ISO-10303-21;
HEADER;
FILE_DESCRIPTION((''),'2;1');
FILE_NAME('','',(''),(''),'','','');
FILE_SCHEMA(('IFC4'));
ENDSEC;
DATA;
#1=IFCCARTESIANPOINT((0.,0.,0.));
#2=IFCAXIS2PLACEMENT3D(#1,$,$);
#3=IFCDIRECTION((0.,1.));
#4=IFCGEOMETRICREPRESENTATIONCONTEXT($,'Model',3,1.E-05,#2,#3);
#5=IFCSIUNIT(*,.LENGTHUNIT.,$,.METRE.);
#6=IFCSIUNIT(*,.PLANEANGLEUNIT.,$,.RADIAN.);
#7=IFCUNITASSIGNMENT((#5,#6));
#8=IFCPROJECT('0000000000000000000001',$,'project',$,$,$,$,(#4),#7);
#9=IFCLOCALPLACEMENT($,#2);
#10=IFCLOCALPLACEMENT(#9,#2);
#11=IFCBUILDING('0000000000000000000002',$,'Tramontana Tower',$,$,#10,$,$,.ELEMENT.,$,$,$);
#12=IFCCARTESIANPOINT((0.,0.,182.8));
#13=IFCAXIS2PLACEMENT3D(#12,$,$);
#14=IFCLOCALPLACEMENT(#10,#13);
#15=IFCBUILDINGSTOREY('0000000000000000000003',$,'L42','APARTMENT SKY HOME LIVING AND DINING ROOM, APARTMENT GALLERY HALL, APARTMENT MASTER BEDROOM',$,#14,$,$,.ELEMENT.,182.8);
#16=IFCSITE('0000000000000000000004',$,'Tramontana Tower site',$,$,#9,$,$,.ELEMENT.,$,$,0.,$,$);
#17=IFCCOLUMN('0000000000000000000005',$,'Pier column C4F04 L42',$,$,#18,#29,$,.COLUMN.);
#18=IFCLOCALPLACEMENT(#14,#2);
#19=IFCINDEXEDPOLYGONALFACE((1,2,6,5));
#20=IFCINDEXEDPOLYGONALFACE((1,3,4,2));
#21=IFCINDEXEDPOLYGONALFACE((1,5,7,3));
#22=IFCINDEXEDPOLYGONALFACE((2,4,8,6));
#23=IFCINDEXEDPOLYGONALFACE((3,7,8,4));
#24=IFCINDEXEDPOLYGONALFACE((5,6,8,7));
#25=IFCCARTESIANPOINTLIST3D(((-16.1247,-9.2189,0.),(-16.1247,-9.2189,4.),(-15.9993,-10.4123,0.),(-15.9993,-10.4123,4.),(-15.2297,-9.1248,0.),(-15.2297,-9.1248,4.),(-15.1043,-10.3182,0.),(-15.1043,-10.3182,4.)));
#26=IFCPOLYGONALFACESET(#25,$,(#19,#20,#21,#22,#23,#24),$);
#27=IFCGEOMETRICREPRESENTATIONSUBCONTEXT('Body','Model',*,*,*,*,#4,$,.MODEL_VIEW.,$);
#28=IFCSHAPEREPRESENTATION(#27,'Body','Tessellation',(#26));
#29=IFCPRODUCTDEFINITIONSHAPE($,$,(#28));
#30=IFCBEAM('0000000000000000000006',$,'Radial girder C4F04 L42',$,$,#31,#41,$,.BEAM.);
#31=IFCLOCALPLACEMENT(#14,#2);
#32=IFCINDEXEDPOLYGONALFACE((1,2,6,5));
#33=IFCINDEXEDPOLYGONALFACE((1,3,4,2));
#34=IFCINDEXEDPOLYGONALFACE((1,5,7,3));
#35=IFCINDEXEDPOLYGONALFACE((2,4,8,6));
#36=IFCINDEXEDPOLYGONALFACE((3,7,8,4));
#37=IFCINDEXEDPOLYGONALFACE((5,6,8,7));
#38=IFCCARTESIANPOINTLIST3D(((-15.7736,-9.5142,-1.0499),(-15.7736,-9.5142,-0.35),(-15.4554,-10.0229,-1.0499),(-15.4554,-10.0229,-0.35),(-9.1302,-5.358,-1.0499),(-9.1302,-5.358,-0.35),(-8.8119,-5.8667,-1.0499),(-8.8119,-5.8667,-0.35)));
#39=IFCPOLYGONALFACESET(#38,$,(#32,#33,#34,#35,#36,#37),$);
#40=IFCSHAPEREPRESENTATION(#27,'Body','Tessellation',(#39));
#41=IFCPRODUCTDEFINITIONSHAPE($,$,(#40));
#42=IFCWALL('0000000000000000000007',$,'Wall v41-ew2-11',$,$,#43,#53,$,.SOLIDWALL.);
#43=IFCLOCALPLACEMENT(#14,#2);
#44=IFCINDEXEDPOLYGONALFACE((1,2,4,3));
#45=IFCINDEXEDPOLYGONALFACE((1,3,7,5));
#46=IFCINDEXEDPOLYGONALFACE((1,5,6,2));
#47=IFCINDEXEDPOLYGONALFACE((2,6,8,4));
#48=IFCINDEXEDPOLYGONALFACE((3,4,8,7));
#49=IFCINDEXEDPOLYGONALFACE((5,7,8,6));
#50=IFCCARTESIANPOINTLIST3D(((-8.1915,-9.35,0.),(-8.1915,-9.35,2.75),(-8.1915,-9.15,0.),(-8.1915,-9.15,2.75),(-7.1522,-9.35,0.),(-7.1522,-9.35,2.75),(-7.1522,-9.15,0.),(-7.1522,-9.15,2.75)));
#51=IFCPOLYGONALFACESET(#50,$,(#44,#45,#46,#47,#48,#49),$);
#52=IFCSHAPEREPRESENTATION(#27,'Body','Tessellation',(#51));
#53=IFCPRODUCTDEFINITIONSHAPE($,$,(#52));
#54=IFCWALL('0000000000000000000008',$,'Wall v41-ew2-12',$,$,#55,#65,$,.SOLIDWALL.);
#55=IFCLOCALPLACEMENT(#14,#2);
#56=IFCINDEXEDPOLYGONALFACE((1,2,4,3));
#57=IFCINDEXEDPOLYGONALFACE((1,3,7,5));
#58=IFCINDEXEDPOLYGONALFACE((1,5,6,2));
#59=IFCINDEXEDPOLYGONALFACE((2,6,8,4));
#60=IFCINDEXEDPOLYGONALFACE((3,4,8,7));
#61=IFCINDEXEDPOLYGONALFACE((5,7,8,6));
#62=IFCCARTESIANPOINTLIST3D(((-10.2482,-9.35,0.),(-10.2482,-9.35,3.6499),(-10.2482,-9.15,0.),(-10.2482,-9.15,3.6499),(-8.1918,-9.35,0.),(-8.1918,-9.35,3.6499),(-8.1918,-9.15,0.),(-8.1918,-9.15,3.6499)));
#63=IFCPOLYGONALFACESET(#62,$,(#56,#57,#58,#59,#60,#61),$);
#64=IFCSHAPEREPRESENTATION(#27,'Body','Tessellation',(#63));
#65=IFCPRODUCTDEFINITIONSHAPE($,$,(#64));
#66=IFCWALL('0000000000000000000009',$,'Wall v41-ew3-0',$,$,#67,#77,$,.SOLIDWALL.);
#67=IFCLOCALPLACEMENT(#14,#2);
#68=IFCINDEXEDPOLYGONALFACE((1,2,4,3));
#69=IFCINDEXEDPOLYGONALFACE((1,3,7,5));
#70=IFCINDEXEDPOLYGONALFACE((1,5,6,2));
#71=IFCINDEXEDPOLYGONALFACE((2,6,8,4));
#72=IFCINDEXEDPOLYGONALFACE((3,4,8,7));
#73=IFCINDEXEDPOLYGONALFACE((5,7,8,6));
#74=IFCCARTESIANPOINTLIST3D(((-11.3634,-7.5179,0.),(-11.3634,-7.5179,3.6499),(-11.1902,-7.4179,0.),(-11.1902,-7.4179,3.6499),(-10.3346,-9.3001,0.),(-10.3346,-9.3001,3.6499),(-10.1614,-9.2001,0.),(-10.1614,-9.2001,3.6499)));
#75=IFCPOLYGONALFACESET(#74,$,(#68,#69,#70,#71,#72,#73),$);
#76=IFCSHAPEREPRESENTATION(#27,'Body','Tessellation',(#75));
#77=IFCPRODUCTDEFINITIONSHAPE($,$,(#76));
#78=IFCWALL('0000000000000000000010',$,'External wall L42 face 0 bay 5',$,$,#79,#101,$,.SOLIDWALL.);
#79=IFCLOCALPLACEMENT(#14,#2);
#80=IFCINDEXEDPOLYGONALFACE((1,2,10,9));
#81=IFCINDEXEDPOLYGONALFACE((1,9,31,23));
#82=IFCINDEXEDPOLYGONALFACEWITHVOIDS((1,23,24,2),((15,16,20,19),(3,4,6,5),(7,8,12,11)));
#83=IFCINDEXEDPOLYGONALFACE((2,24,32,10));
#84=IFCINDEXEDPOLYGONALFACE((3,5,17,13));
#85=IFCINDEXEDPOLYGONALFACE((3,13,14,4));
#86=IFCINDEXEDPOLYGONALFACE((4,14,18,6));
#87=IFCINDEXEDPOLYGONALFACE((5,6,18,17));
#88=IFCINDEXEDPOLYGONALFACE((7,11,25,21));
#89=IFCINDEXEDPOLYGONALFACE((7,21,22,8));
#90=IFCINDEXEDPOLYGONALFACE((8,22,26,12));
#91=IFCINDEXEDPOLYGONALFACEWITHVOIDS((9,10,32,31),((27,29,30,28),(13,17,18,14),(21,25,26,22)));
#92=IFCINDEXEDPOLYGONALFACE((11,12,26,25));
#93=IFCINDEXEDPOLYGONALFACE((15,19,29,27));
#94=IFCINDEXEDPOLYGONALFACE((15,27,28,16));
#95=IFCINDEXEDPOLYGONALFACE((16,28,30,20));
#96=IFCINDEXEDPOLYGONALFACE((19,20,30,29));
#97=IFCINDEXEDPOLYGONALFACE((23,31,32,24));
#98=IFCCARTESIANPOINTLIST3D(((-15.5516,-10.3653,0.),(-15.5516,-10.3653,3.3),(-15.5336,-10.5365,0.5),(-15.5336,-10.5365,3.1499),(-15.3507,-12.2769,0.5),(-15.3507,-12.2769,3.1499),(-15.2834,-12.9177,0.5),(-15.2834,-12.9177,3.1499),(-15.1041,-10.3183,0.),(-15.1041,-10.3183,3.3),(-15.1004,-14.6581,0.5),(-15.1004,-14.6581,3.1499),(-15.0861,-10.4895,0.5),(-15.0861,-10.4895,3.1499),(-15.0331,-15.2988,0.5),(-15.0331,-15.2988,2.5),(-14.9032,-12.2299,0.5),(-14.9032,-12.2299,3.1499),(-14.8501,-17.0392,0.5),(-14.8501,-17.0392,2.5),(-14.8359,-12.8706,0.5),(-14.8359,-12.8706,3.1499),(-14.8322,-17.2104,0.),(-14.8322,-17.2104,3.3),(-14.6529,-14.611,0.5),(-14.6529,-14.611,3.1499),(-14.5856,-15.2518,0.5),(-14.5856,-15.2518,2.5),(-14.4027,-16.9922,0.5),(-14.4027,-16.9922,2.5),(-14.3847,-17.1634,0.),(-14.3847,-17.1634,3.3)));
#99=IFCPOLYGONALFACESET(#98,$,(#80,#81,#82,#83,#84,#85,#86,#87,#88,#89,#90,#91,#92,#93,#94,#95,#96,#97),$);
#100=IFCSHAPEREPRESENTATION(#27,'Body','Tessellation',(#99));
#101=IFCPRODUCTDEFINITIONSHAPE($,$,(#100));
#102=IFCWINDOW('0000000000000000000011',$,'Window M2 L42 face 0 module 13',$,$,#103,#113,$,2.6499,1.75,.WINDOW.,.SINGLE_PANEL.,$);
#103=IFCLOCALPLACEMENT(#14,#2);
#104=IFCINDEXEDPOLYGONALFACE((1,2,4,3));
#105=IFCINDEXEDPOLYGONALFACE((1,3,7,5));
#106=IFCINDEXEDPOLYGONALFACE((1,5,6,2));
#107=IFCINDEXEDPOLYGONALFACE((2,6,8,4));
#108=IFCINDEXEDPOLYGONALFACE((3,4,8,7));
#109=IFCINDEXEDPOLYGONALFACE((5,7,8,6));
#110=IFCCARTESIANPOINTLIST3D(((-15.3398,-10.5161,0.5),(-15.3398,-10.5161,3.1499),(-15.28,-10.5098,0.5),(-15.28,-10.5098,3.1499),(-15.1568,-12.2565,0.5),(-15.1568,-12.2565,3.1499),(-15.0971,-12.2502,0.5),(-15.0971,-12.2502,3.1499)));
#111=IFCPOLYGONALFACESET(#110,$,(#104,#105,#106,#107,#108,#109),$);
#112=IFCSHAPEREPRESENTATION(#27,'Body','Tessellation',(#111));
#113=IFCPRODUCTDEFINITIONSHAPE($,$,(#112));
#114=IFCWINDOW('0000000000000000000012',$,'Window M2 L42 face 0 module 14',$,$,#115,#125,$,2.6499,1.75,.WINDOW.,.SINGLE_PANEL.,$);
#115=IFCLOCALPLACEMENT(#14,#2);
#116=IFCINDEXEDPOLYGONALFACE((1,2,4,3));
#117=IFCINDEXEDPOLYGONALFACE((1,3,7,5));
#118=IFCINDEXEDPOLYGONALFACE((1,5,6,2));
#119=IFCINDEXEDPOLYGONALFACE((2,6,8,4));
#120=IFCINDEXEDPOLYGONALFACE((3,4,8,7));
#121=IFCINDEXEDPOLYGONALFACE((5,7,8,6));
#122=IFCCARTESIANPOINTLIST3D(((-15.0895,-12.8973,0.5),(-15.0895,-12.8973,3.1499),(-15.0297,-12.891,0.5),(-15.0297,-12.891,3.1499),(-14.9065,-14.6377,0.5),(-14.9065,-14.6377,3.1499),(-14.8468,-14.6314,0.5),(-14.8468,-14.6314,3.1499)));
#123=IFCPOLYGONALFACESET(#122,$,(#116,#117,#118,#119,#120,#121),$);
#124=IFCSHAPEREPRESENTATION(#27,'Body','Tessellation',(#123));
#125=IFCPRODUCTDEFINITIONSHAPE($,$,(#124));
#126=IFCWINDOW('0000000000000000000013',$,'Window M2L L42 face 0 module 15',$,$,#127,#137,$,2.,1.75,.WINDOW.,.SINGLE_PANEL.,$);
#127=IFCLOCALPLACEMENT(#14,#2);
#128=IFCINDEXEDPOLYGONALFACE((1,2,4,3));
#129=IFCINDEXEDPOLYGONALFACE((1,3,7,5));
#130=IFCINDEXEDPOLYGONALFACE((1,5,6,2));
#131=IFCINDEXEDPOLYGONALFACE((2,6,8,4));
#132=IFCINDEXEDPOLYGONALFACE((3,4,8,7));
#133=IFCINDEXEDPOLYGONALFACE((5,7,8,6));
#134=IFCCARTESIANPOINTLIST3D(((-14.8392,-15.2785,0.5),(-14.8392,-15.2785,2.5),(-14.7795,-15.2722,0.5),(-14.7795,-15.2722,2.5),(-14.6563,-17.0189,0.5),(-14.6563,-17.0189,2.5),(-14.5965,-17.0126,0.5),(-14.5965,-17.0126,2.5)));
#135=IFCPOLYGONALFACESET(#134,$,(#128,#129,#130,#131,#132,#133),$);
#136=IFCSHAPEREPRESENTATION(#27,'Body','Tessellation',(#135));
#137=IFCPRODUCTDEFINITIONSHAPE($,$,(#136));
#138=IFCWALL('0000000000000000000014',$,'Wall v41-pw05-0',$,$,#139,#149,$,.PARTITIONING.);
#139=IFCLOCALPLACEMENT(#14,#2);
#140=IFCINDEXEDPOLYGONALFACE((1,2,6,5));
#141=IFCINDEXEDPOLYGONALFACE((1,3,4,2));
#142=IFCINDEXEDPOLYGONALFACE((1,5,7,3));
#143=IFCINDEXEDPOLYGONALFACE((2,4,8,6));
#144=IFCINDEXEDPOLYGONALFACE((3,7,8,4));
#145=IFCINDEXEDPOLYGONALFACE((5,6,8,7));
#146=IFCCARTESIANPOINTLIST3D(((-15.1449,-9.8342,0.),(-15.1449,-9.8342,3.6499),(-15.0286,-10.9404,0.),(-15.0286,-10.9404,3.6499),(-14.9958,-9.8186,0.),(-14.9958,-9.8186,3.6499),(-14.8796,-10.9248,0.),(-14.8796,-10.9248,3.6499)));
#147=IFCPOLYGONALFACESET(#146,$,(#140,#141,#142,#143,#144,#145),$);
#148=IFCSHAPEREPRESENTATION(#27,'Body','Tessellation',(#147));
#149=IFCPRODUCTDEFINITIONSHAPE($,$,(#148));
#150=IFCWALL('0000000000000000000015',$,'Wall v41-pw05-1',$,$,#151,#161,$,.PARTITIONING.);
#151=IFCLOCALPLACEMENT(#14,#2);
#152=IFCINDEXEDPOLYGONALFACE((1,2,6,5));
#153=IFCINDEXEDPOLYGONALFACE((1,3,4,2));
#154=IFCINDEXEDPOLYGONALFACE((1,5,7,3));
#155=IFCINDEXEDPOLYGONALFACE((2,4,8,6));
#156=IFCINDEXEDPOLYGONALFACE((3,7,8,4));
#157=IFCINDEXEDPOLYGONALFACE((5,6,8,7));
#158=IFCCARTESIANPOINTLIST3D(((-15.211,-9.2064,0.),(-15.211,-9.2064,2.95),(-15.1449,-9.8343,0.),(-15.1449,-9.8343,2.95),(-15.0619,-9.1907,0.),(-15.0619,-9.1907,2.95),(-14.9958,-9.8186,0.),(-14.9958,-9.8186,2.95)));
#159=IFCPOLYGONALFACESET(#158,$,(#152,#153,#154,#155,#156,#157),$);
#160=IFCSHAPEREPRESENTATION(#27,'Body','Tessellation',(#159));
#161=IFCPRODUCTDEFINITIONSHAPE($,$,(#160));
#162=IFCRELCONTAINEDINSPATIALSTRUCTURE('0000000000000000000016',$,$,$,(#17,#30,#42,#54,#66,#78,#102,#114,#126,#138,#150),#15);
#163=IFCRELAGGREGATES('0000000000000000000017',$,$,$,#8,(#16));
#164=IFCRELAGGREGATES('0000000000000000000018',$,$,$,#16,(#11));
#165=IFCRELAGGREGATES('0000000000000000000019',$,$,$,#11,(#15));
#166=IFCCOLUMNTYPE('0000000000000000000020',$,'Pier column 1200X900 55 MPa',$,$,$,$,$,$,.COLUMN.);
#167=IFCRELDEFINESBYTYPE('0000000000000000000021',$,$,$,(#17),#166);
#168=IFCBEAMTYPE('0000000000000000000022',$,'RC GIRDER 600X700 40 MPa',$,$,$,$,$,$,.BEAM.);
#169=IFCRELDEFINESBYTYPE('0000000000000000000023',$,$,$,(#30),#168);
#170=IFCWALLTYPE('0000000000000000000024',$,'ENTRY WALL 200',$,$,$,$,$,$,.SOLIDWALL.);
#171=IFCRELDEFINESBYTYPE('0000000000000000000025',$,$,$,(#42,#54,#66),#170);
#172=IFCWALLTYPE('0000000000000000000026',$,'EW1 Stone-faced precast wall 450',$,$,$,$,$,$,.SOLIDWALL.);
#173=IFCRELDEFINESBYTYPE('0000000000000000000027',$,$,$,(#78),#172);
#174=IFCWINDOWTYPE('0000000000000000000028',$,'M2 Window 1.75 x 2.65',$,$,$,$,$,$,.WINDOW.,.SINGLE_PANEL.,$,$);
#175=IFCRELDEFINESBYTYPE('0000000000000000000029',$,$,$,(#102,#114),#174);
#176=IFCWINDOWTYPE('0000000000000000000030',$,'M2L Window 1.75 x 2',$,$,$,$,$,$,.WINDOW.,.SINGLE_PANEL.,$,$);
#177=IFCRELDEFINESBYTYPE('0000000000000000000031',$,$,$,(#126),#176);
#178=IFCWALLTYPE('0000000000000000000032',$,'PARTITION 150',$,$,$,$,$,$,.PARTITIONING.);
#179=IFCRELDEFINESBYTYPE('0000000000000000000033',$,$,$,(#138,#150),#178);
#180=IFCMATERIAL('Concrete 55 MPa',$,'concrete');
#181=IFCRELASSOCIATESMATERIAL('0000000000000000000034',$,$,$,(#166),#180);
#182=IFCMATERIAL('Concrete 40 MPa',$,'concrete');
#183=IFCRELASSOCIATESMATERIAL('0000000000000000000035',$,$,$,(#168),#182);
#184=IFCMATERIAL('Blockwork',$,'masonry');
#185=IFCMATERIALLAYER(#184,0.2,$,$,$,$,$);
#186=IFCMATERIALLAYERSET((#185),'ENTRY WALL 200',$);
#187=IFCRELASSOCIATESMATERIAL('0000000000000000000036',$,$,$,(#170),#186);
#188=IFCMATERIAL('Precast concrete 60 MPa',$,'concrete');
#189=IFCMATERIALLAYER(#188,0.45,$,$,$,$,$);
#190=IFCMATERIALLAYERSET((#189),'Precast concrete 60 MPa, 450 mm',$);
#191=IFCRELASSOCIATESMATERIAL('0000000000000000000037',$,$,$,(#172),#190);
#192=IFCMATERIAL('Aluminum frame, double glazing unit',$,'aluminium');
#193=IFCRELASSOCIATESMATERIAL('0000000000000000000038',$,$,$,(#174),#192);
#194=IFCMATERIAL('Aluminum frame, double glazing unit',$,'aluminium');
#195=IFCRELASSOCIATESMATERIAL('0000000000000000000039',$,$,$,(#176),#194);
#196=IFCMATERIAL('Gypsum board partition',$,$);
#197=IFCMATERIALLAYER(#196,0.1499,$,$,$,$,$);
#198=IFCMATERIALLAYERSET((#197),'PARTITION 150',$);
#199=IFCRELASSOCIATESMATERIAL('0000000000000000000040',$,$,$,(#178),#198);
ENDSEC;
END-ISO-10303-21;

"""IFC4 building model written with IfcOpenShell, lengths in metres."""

from ifc_helpers import new_model, si_unit, direction, frame, frame_2d, origin, origin_2d, place, context, subcontext, project, spatial, rectangle, extrude, material, layer, layer_set, material_profile, profile_set, type_object, element, fill, save


model = new_model("IFC4")

# Units and contexts
model_context = context("Model", 3, precision=1e-05, world=origin(), true_north=direction((0.0, 1.0)))
body_context = subcontext(model_context, "Body", "Model", "MODEL_VIEW")
ifc_project = project(units=[si_unit("LENGTHUNIT", "METRE"), si_unit("PLANEANGLEUNIT", "RADIAN")], contexts=[model_context])

# Site, building, storey
site_placement = place(None, origin())
site = spatial("IfcSite", under=ifc_project, at=site_placement, Name="Tramontana Tower site", CompositionType="ELEMENT", RefElevation=0.0)
building_placement = place(site_placement, origin())
building = spatial("IfcBuilding", under=site, at=building_placement, Name="Tramontana Tower", CompositionType="ELEMENT")
storey_placement = place(building_placement, frame((0.0, 0.0, 182.8)))
storey = spatial("IfcBuildingStorey", under=building, at=storey_placement, Name="L42", Description="APARTMENT SKY HOME LIVING AND DINING ROOM, APARTMENT GALLERY HALL, APARTMENT MASTER BEDROOM", CompositionType="ELEMENT", Elevation=182.8)

# Column
ifc_material_1 = material(Name="Concrete 55 MPa", Category="concrete")
ifc_material_profile_1 = material_profile(ifc_material_1, rectangle(XDim=1.2, YDim=0.8999, at=origin_2d()), Name="Pier column 1200X900 55 MPa")
ifc_profile_set_1 = profile_set([ifc_material_profile_1], Name="Concrete 55 MPa")
column_type = type_object("IfcColumnType", Name="Pier column 1200X900 55 MPa", PredefinedType="COLUMN", material=ifc_profile_set_1)
column_placement = place(storey_placement, frame((-15.6145, -9.7686, 0.0), z_axis=(0.0, 0.0, 1.0), x_axis=(0.104528, -0.994522, 0.0)))
element("IfcColumn", 1, at=column_placement, inside=storey, type_object=column_type, Name="Pier column C4F04 L42", PredefinedType="COLUMN", context=body_context, shape_type="SweptSolid", body=[
    extrude(rectangle(XDim=1.2, YDim=0.8999, at=origin_2d()), origin(), (0.0, 0.0, 1.0), 4.0),
])

# Beam
ifc_material_2 = material(Name="Concrete 40 MPa", Category="concrete")
ifc_material_profile_2 = material_profile(ifc_material_2, rectangle(XDim=0.6001, YDim=0.7, at=origin_2d()), Name="RC GIRDER 600X700 40 MPa")
ifc_profile_set_2 = profile_set([ifc_material_profile_2], Name="Concrete 40 MPa")
beam_type = type_object("IfcBeamType", Name="RC GIRDER 600X700 40 MPa", PredefinedType="BEAM", material=ifc_profile_set_2)
beam_placement = place(storey_placement, frame((-15.6145, -9.7686, -0.7), z_axis=(0.847767, 0.530369, 0.0), x_axis=(-0.530369, 0.847767, 0.0)))
element("IfcBeam", 2, at=beam_placement, inside=storey, type_object=beam_type, Name="Radial girder C4F04 L42", PredefinedType="BEAM", context=body_context, shape_type="SweptSolid", body=[
    extrude(rectangle(XDim=0.6001, YDim=0.7, at=origin_2d()), origin(), (0.0, 0.0, 1.0), 7.8364),
])

# Walls
ifc_material_3 = material(Name="Blockwork", Category="masonry")
ifc_layer_1 = layer(ifc_material_3, 0.2)
ifc_layer_set_1 = layer_set([ifc_layer_1], Name="ENTRY WALL 200")
wall_type_1 = type_object("IfcWallType", Name="ENTRY WALL 200", PredefinedType="SOLIDWALL", material=ifc_layer_set_1)
wall_1_placement = place(storey_placement, frame((-7.1523, -9.25, 0.0), z_axis=(0.0, 0.0, 1.0), x_axis=(-1.0, 0.0, 0.0)))
element("IfcWall", 3, at=wall_1_placement, inside=storey, type_object=wall_type_1, Name="Wall v41-ew2-11", PredefinedType="SOLIDWALL", context=body_context, shape_type="SweptSolid", body=[
    extrude(rectangle(XDim=1.0393, YDim=0.2, at=frame_2d((0.5195, 0.0))), origin(), (0.0, 0.0, 1.0), 2.75),
])
wall_2_placement = place(storey_placement, frame((-8.1917, -9.25, 0.0), z_axis=(0.0, 0.0, 1.0), x_axis=(-1.0, 0.0, 0.0)))
element("IfcWall", 4, at=wall_2_placement, inside=storey, type_object=wall_type_1, Name="Wall v41-ew2-12", PredefinedType="SOLIDWALL", context=body_context, shape_type="SweptSolid", body=[
    extrude(rectangle(XDim=2.0564, YDim=0.2, at=frame_2d((1.0283, 0.0))), origin(), (0.0, 0.0, 1.0), 3.6499),
])
wall_3_placement = place(storey_placement, frame((-10.248, -9.25, 0.0), z_axis=(0.0, 0.0, 1.0), x_axis=(-0.499942, 0.866059, 0.0)))
element("IfcWall", 5, at=wall_3_placement, inside=storey, type_object=wall_type_1, Name="Wall v41-ew3-0", PredefinedType="SOLIDWALL", context=body_context, shape_type="SweptSolid", body=[
    extrude(rectangle(XDim=2.0579, YDim=0.2, at=frame_2d((1.0288, 0.0))), origin(), (0.0, 0.0, 1.0), 3.6499),
])

# Wall, openings, windows
ifc_material_4 = material(Name="Precast concrete 60 MPa", Category="concrete")
ifc_layer_2 = layer(ifc_material_4, 0.45)
ifc_layer_set_2 = layer_set([ifc_layer_2], Name="Precast concrete 60 MPa, 450 mm")
wall_type_2 = type_object("IfcWallType", Name="EW1 Stone-faced precast wall 450", PredefinedType="SOLIDWALL", material=ifc_layer_set_2)
wall_4_placement = place(storey_placement, frame((-15.3279, -10.3418, 0.0), z_axis=(0.0, 0.0, 1.0), x_axis=(0.104532, -0.994522, 0.0)))
wall_4 = element("IfcWall", 6, at=wall_4_placement, inside=storey, type_object=wall_type_2, Name="External wall L42 face 0 bay 5", PredefinedType="SOLIDWALL", context=body_context, shape_type="SweptSolid", body=[
    extrude(rectangle(XDim=6.8828, YDim=0.45, at=frame_2d((3.4414, 0.0))), origin(), (0.0, 0.0, 1.0), 3.3),
])
opening_1_placement = place(wall_4_placement, frame((0.1721, 0.0, 0.5)))
opening_1 = element("IfcOpeningElement", 7, at=opening_1_placement, cuts=wall_4, PredefinedType="OPENING", context=body_context, shape_type="SweptSolid", body=[
    extrude(rectangle(XDim=1.75, YDim=2.6499, at=frame_2d((0.875, 1.325))), frame((0.0, 0.2349, 0.0), z_axis=(0.0, -1.0, 0.0), x_axis=(1.0, 0.0, 0.0)), (0.0, 0.0, 1.0), 0.47),
])
opening_2_placement = place(wall_4_placement, frame((2.5664, 0.0, 0.5)))
opening_2 = element("IfcOpeningElement", 8, at=opening_2_placement, cuts=wall_4, PredefinedType="OPENING", context=body_context, shape_type="SweptSolid", body=[
    extrude(rectangle(XDim=1.75, YDim=2.6499, at=frame_2d((0.875, 1.325))), frame((0.0, 0.2349, 0.0), z_axis=(0.0, -1.0, 0.0), x_axis=(1.0, 0.0, 0.0)), (0.0, 0.0, 1.0), 0.47),
])
opening_3_placement = place(wall_4_placement, frame((4.9607, 0.0, 0.5)))
opening_3 = element("IfcOpeningElement", 9, at=opening_3_placement, cuts=wall_4, PredefinedType="OPENING", context=body_context, shape_type="SweptSolid", body=[
    extrude(rectangle(XDim=1.75, YDim=2.0, at=frame_2d((0.875, 1.0))), frame((0.0, 0.2349, 0.0), z_axis=(0.0, -1.0, 0.0), x_axis=(1.0, 0.0, 0.0)), (0.0, 0.0, 1.0), 0.47),
])
ifc_material_5 = material(Name="Aluminum frame, double glazing unit", Category="aluminium")
window_type_1 = type_object("IfcWindowType", Name="M2 Window 1.75 x 2.65", PartitioningType="SINGLE_PANEL", PredefinedType="WINDOW", material=ifc_material_5)
window_1_placement = place(opening_1_placement, origin())
window_1 = element("IfcWindow", 10, at=window_1_placement, inside=storey, type_object=window_type_1, Name="Window M2 L42 face 0 module 13", OverallHeight=2.6499, OverallWidth=1.75, PartitioningType="SINGLE_PANEL", PredefinedType="WINDOW", context=body_context, shape_type="SweptSolid", body=[
    extrude(rectangle(XDim=1.75, YDim=2.6499, at=frame_2d((0.875, 1.325))), frame((0.0, 0.03, 0.0), z_axis=(0.0, -1.0, 0.0), x_axis=(1.0, 0.0, 0.0)), (0.0, 0.0, 1.0), 0.0601),
])
fill(opening_1, window_1)
window_2_placement = place(opening_2_placement, origin())
window_2 = element("IfcWindow", 11, at=window_2_placement, inside=storey, type_object=window_type_1, Name="Window M2 L42 face 0 module 14", OverallHeight=2.6499, OverallWidth=1.75, PartitioningType="SINGLE_PANEL", PredefinedType="WINDOW", context=body_context, shape_type="SweptSolid", body=[
    extrude(rectangle(XDim=1.75, YDim=2.6499, at=frame_2d((0.875, 1.325))), frame((0.0, 0.03, 0.0), z_axis=(0.0, -1.0, 0.0), x_axis=(1.0, 0.0, 0.0)), (0.0, 0.0, 1.0), 0.0601),
])
fill(opening_2, window_2)
ifc_material_6 = material(Name="Aluminum frame, double glazing unit", Category="aluminium")
window_type_2 = type_object("IfcWindowType", Name="M2L Window 1.75 x 2", PartitioningType="SINGLE_PANEL", PredefinedType="WINDOW", material=ifc_material_6)
window_3_placement = place(opening_3_placement, origin())
window_3 = element("IfcWindow", 12, at=window_3_placement, inside=storey, type_object=window_type_2, Name="Window M2L L42 face 0 module 15", OverallHeight=2.0, OverallWidth=1.75, PartitioningType="SINGLE_PANEL", PredefinedType="WINDOW", context=body_context, shape_type="SweptSolid", body=[
    extrude(rectangle(XDim=1.75, YDim=2.0, at=frame_2d((0.875, 1.0))), frame((0.0, 0.03, 0.0), z_axis=(0.0, -1.0, 0.0), x_axis=(1.0, 0.0, 0.0)), (0.0, 0.0, 1.0), 0.0601),
])
fill(opening_3, window_3)

# Walls
ifc_material_7 = material(Name="Gypsum board partition")
ifc_layer_3 = layer(ifc_material_7, 0.1499)
ifc_layer_set_3 = layer_set([ifc_layer_3], Name="PARTITION 150")
wall_type_3 = type_object("IfcWallType", Name="PARTITION 150", PredefinedType="PARTITIONING", material=ifc_layer_set_3)
wall_5_placement = place(storey_placement, frame((-14.9541, -10.9326, 0.0), z_axis=(0.0, 0.0, 1.0), x_axis=(-0.104479, 0.994527, 0.0)))
element("IfcWall", 13, at=wall_5_placement, inside=storey, type_object=wall_type_3, Name="Wall v41-pw05-0", PredefinedType="PARTITIONING", context=body_context, shape_type="SweptSolid", body=[
    extrude(rectangle(XDim=1.1123, YDim=0.1499, at=frame_2d((0.5562, 0.0))), origin(), (0.0, 0.0, 1.0), 3.6499),
])
wall_6_placement = place(storey_placement, frame((-15.0703, -9.8264, 0.0), z_axis=(0.0, 0.0, 1.0), x_axis=(-0.104785, 0.994495, 0.0)))
element("IfcWall", 14, at=wall_6_placement, inside=storey, type_object=wall_type_3, Name="Wall v41-pw05-1", PredefinedType="PARTITIONING", context=body_context, shape_type="SweptSolid", body=[
    extrude(rectangle(XDim=0.6313, YDim=0.1499, at=frame_2d((0.3157, 0.0))), origin(), (0.0, 0.0, 1.0), 2.95),
])

save(model, "model.ifc")
